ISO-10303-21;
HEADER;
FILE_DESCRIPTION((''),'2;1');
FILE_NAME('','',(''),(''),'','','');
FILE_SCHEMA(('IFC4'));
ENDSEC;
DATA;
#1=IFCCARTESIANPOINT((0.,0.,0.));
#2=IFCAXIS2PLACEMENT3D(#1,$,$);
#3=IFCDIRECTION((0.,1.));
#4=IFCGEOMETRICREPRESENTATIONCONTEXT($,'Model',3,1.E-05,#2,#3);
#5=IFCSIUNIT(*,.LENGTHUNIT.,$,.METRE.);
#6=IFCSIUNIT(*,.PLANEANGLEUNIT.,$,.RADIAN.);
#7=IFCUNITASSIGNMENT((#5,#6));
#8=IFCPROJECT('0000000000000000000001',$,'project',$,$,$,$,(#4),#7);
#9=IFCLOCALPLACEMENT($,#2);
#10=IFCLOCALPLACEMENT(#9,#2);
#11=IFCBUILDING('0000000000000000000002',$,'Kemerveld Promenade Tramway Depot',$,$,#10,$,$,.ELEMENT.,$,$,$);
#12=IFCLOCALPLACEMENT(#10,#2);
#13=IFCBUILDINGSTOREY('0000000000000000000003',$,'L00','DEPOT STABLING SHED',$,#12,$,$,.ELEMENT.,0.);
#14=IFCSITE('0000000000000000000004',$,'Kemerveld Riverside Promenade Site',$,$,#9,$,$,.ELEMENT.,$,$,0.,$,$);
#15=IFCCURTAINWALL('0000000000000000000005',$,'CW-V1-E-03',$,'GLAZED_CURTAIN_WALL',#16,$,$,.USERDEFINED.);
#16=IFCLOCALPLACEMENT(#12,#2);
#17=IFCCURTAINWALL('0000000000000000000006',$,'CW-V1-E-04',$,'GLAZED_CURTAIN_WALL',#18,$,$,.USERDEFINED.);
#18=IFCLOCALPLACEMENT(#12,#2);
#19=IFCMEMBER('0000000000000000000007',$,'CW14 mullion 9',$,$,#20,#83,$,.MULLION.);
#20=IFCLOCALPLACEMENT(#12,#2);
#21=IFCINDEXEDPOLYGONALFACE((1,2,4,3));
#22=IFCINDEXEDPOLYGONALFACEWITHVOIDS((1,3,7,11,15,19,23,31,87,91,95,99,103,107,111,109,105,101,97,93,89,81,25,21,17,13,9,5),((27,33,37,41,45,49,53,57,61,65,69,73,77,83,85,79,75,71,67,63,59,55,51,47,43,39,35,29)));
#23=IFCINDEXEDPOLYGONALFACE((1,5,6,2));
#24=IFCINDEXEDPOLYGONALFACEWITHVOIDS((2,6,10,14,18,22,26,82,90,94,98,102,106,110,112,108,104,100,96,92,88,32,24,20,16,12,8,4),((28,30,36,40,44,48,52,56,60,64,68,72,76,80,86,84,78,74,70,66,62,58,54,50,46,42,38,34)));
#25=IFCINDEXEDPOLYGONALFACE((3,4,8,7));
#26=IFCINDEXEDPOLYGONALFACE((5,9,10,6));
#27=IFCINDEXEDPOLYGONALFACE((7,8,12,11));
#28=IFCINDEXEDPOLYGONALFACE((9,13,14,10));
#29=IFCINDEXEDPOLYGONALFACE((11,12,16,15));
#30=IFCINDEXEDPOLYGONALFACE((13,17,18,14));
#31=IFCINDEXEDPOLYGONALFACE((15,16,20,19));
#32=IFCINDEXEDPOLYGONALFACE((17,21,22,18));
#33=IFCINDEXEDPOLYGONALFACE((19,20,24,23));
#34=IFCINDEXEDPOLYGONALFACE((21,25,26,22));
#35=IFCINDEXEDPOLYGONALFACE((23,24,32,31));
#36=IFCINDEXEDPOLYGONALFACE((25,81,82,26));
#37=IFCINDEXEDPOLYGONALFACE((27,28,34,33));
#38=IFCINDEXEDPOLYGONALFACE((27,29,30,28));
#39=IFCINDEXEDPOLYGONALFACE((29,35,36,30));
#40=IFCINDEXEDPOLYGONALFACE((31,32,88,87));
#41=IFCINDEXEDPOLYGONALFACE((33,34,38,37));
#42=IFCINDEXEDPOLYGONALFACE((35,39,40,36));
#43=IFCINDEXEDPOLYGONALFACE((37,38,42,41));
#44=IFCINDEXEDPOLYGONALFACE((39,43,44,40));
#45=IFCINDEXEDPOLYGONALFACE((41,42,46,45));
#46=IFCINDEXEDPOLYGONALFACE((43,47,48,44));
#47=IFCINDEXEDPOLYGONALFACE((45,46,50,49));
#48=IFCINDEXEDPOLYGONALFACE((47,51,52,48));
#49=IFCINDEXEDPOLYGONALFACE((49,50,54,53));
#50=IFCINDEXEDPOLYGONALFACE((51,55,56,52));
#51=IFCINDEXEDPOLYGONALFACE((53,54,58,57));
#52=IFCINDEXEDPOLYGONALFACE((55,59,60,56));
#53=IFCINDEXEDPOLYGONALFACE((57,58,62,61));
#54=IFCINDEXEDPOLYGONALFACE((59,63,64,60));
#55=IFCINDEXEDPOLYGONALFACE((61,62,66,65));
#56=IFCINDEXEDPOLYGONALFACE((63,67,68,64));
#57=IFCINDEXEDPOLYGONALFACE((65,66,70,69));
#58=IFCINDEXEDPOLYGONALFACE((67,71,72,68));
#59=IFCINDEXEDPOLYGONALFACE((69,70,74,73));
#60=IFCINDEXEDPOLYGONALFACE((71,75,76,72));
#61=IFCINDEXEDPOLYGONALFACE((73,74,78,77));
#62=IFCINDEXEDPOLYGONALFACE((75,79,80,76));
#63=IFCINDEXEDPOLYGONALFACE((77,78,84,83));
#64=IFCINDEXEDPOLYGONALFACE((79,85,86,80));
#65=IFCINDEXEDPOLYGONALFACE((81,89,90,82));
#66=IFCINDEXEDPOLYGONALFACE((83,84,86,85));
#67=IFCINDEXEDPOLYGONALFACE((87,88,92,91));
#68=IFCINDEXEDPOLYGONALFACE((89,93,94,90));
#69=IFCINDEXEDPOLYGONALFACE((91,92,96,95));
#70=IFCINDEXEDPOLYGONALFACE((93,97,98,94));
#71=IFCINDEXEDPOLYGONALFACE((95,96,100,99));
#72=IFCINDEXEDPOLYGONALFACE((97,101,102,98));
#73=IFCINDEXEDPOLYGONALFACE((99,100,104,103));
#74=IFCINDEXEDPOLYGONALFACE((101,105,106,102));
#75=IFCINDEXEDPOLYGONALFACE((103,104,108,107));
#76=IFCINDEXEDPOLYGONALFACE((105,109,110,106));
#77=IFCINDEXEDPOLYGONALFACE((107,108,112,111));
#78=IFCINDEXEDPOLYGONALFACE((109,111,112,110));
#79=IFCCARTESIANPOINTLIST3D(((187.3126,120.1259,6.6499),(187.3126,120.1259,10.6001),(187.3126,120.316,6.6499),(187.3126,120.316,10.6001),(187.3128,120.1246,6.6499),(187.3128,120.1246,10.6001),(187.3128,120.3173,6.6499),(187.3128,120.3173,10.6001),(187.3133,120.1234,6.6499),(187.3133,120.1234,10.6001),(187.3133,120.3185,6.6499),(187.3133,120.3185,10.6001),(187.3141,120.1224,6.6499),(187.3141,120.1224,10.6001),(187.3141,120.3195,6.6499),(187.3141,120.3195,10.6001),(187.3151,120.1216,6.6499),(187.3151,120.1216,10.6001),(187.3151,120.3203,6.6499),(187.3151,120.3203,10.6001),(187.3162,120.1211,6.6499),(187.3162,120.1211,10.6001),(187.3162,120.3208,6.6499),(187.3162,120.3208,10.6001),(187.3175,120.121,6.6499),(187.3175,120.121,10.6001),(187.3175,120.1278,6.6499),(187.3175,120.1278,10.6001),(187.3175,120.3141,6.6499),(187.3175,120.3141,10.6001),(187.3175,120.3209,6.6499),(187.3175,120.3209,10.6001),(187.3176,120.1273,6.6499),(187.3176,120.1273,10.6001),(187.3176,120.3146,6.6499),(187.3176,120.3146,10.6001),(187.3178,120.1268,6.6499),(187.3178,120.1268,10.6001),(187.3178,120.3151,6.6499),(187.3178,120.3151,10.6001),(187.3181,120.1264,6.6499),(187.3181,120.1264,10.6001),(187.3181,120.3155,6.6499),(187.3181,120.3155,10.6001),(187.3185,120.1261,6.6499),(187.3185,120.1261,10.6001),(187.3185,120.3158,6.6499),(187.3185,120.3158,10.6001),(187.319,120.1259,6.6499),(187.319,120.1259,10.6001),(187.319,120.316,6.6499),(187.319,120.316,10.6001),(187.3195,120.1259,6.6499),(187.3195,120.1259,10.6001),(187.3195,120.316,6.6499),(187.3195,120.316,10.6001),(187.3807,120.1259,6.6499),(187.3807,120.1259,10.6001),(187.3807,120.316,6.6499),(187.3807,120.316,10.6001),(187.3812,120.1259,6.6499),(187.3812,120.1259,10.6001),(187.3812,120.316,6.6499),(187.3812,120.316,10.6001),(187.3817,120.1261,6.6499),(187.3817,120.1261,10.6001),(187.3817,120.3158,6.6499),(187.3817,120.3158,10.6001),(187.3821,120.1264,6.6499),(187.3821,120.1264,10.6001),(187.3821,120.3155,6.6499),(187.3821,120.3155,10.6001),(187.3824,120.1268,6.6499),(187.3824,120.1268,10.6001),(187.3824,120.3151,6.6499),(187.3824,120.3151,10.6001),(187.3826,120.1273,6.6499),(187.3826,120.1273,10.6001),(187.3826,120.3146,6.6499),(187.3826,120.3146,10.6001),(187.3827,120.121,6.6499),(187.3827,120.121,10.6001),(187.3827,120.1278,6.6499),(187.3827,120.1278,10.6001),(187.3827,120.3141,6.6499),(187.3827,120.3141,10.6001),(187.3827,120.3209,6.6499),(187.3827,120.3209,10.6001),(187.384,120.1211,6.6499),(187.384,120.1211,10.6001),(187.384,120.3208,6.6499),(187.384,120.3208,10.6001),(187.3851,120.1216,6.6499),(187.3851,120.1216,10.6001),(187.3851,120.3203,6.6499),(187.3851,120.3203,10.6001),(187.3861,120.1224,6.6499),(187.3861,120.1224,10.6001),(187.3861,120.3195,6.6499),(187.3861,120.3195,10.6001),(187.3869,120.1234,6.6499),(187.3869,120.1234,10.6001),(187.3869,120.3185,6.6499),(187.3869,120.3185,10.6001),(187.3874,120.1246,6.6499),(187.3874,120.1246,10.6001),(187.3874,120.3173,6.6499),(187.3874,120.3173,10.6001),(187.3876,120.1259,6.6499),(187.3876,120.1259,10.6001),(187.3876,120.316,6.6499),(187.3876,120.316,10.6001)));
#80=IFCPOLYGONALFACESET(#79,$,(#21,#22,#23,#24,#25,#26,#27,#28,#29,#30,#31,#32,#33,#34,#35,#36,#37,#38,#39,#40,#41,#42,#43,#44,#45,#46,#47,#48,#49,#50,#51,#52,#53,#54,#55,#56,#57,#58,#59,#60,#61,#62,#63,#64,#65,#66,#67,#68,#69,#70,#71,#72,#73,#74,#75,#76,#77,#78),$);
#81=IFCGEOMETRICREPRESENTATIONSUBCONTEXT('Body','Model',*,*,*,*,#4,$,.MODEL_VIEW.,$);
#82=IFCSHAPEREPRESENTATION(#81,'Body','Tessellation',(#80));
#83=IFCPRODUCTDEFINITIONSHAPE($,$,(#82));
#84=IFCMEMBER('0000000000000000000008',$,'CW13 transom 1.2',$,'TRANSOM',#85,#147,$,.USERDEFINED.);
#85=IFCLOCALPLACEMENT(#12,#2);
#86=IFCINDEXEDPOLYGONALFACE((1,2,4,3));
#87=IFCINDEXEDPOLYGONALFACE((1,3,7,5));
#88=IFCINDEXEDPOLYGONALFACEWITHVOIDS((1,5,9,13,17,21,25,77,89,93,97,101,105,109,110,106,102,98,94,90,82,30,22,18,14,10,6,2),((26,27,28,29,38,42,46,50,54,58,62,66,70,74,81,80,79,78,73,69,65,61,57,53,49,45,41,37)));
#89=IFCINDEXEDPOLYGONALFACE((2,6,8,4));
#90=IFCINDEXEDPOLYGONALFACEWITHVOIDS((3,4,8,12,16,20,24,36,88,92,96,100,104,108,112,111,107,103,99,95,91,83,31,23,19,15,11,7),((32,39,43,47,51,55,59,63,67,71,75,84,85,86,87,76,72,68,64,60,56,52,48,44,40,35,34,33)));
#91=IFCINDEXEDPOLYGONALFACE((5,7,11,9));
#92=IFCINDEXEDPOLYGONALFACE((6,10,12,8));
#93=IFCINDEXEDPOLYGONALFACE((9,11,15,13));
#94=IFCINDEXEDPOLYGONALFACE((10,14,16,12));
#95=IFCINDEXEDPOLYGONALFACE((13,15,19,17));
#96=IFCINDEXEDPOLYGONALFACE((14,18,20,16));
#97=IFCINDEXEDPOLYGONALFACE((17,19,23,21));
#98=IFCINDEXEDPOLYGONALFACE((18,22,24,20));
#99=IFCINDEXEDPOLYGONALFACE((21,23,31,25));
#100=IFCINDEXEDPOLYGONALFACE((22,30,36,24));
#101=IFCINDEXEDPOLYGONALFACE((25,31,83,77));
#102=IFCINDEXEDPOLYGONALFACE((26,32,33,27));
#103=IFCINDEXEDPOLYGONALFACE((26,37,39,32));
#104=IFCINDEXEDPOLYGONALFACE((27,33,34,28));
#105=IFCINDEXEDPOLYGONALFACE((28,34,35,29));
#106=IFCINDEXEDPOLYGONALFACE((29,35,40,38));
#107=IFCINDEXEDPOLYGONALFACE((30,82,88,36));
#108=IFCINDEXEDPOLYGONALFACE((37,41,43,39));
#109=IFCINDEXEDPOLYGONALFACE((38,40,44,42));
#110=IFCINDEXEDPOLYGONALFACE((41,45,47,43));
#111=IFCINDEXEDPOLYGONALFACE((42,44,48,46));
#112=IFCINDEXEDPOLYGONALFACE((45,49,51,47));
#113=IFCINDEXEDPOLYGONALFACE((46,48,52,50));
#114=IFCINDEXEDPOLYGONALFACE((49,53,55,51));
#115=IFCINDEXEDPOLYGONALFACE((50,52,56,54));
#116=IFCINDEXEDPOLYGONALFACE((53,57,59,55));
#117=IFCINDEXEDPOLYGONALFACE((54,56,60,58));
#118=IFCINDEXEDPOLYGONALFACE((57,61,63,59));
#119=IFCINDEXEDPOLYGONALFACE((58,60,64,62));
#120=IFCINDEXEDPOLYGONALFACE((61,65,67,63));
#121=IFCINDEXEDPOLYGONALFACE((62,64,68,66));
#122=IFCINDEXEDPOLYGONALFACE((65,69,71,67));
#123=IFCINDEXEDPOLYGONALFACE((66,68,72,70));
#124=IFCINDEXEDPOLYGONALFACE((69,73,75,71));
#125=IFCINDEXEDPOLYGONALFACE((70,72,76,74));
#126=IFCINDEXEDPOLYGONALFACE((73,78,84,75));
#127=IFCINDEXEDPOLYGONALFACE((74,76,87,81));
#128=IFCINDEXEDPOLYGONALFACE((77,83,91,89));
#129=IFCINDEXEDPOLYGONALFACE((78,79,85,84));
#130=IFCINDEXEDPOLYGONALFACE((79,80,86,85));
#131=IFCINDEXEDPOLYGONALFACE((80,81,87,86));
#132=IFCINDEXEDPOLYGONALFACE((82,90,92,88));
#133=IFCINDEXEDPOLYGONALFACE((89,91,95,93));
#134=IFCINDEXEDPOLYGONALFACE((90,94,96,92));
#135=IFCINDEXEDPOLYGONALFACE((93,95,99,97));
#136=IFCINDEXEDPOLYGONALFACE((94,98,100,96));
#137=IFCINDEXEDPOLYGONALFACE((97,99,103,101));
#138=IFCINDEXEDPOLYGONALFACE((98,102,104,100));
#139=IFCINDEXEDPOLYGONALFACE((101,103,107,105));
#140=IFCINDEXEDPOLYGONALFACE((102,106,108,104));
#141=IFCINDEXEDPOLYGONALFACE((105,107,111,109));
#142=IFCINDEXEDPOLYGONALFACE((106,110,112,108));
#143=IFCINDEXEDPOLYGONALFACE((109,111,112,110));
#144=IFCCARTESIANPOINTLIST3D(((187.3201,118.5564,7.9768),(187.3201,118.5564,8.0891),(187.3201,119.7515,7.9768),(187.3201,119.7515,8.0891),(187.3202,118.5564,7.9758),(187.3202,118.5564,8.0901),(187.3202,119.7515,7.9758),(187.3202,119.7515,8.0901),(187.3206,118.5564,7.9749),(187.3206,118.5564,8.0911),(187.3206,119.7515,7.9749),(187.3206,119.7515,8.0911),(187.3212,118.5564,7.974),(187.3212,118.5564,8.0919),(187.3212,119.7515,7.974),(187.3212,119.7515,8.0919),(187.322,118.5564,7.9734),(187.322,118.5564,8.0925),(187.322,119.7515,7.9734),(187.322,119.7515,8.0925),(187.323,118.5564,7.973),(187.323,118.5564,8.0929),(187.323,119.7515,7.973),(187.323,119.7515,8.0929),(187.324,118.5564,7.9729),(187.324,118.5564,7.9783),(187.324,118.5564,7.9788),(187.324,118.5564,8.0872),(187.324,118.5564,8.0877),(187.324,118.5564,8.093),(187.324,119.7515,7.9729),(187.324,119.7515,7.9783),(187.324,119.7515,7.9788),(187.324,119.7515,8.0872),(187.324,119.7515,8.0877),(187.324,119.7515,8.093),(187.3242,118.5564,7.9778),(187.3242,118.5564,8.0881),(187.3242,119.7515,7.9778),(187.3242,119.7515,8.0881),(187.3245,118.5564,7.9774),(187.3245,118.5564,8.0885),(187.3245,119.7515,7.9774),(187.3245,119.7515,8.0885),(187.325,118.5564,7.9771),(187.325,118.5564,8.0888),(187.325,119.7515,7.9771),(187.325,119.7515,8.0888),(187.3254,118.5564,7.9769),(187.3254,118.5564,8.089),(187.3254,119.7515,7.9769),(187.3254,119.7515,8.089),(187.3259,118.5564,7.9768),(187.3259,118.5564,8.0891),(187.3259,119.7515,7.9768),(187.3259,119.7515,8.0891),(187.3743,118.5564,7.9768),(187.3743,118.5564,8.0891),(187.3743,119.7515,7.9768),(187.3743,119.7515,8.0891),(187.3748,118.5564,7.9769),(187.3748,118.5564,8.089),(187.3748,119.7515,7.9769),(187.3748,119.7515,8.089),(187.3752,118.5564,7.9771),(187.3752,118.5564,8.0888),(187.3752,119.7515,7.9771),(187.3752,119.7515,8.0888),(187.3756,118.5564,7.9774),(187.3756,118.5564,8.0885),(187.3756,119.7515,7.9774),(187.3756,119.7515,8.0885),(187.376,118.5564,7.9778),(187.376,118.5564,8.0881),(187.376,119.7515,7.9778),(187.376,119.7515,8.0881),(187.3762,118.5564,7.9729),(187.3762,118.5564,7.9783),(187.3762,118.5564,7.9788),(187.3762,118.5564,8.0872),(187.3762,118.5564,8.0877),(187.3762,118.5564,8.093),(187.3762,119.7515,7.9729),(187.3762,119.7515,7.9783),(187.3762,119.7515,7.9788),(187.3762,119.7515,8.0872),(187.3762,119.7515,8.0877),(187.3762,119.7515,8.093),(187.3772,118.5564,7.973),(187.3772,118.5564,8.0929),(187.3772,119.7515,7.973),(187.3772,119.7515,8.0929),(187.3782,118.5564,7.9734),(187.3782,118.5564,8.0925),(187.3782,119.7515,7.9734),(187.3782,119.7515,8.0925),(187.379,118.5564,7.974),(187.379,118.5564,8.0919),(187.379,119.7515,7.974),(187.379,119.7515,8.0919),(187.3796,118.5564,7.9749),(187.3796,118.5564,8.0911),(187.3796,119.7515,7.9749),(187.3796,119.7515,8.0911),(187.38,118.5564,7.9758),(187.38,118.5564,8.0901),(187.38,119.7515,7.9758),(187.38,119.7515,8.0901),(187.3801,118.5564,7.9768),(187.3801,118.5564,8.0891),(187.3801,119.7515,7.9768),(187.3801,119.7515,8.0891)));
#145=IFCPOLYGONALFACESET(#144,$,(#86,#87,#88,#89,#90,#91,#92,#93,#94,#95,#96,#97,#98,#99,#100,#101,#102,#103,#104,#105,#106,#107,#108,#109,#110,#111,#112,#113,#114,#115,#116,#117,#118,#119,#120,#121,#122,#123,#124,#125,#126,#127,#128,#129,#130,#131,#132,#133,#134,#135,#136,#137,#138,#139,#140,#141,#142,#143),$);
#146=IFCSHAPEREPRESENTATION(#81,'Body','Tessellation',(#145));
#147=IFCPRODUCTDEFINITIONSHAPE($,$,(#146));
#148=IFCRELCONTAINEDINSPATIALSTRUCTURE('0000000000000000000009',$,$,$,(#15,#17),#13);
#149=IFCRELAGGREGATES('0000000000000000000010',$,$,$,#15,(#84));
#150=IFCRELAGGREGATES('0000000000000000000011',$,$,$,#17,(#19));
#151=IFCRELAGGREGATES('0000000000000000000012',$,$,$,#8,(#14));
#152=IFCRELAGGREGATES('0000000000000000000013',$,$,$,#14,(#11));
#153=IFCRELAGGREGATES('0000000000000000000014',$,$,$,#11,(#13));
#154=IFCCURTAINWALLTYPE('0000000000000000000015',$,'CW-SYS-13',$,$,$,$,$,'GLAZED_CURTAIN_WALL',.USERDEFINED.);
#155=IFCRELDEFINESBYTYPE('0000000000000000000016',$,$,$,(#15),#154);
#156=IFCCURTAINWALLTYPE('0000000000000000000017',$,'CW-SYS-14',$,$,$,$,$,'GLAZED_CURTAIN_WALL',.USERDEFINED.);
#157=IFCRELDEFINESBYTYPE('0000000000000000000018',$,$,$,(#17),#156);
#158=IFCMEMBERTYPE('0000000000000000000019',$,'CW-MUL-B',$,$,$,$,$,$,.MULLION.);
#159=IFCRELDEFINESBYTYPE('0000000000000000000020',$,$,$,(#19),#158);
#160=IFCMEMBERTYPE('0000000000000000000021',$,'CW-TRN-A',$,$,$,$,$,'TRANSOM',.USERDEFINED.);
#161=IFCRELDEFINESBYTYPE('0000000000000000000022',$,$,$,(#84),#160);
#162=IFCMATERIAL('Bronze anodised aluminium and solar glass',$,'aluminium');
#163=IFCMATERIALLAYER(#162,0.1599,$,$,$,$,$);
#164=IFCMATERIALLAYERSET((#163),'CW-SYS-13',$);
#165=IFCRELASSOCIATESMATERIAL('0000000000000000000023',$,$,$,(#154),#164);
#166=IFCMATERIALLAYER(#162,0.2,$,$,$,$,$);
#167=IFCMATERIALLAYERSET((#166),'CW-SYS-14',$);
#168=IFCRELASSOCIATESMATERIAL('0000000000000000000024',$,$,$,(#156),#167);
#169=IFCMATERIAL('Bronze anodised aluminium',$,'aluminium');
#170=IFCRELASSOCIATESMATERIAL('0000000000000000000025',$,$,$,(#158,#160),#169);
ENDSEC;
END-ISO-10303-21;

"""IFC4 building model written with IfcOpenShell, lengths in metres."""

from ifc_helpers import new_model, si_unit, direction, frame, origin, origin_2d, place, context, subcontext, project, spatial, hollow_rectangle, extrude, material, layer, layer_set, material_profile, profile_set, type_object, element, aggregate, save


model = new_model("IFC4")

# Units and contexts
model_context = context("Model", 3, precision=1e-05, world=origin(), true_north=direction((0.0, 1.0)))
body_context = subcontext(model_context, "Body", "Model", "MODEL_VIEW")
ifc_project = project(units=[si_unit("LENGTHUNIT", "METRE"), si_unit("PLANEANGLEUNIT", "RADIAN")], contexts=[model_context])

# Site, building, storey
site_placement = place(None, origin())
site = spatial("IfcSite", under=ifc_project, at=site_placement, Name="Kemerveld Riverside Promenade Site", CompositionType="ELEMENT", RefElevation=0.0)
building_placement = place(site_placement, origin())
building = spatial("IfcBuilding", under=site, at=building_placement, Name="Kemerveld Promenade Tramway Depot", CompositionType="ELEMENT")
storey_placement = place(building_placement, origin())
storey = spatial("IfcBuildingStorey", under=building, at=storey_placement, Name="L00", Description="DEPOT STABLING SHED", CompositionType="ELEMENT", Elevation=0.0)

# Curtain wall
ifc_material_1 = material(Name="Bronze anodised aluminium and solar glass", Category="aluminium")
ifc_layer_1 = layer(ifc_material_1, 0.1599)
ifc_layer_set_1 = layer_set([ifc_layer_1], Name="CW-SYS-13")
curtain_wall_type_1 = type_object("IfcCurtainWallType", Name="CW-SYS-13", ElementType="GLAZED_CURTAIN_WALL", PredefinedType="USERDEFINED", material=ifc_layer_set_1)
curtain_wall_1_placement = place(storey_placement, origin())
curtain_wall_1 = element("IfcCurtainWall", 1, at=curtain_wall_1_placement, inside=storey, type_object=curtain_wall_type_1, Name="CW-V1-E-03", ObjectType="GLAZED_CURTAIN_WALL", PredefinedType="USERDEFINED")
ifc_material_2 = material(Name="Bronze anodised aluminium", Category="aluminium")

# Curtain wall, member
ifc_layer_2 = layer(ifc_material_1, 0.2)
ifc_layer_set_2 = layer_set([ifc_layer_2], Name="CW-SYS-14")
curtain_wall_type_2 = type_object("IfcCurtainWallType", Name="CW-SYS-14", ElementType="GLAZED_CURTAIN_WALL", PredefinedType="USERDEFINED", material=ifc_layer_set_2)
curtain_wall_2_placement = place(storey_placement, origin())
curtain_wall_2 = element("IfcCurtainWall", 2, at=curtain_wall_2_placement, inside=storey, type_object=curtain_wall_type_2, Name="CW-V1-E-04", ObjectType="GLAZED_CURTAIN_WALL", PredefinedType="USERDEFINED")
ifc_material_profile_1 = material_profile(ifc_material_2, hollow_rectangle(XDim=0.075, YDim=0.2, WallThickness=0.0049, InnerFilletRadius=0.002, OuterFilletRadius=0.0049, at=origin_2d()), Name="CW-MUL-200x75")
ifc_profile_set_1 = profile_set([ifc_material_profile_1], Name="Bronze anodised aluminium")
member_type_1 = type_object("IfcMemberType", Name="CW-MUL-B", PredefinedType="MULLION", material=ifc_profile_set_1)
member_1_placement = place(storey_placement, frame((187.3501, 120.2209, 6.6499), z_axis=(0.0, 0.0, 1.0), x_axis=(1.0, 0.0, 0.0)))
member_1 = element("IfcMember", 3, at=member_1_placement, type_object=member_type_1, Name="CW14 mullion 9", PredefinedType="MULLION", context=body_context, shape_type="SweptSolid", body=[
    extrude(hollow_rectangle(XDim=0.075, YDim=0.2, WallThickness=0.0049, InnerFilletRadius=0.002, OuterFilletRadius=0.0049, at=origin_2d()), origin(), (0.0, 0.0, 1.0), 3.9502),
])

# Member
ifc_material_profile_2 = material_profile(ifc_material_2, hollow_rectangle(XDim=0.0601, YDim=0.1201, WallThickness=0.0039, InnerFilletRadius=0.002, OuterFilletRadius=0.0039, at=origin_2d()), Name="CW-TRN-120x60")
ifc_profile_set_2 = profile_set([ifc_material_profile_2], Name="Bronze anodised aluminium")
member_type_2 = type_object("IfcMemberType", Name="CW-TRN-A", ElementType="TRANSOM", PredefinedType="USERDEFINED", material=ifc_profile_set_2)
member_2_placement = place(storey_placement, frame((187.3501, 119.7515, 8.033), z_axis=(0.0, -1.0, 0.0), x_axis=(1.0, 0.0, 0.0)))
member_2 = element("IfcMember", 4, at=member_2_placement, type_object=member_type_2, Name="CW13 transom 1.2", ObjectType="TRANSOM", PredefinedType="USERDEFINED", context=body_context, shape_type="SweptSolid", body=[
    extrude(hollow_rectangle(XDim=0.0601, YDim=0.1201, WallThickness=0.0039, InnerFilletRadius=0.002, OuterFilletRadius=0.0039, at=origin_2d()), origin(), (0.0, 0.0, 1.0), 1.1951),
])
aggregate(curtain_wall_1, [member_2])

aggregate(curtain_wall_2, [member_1])

save(model, "model.ifc")
